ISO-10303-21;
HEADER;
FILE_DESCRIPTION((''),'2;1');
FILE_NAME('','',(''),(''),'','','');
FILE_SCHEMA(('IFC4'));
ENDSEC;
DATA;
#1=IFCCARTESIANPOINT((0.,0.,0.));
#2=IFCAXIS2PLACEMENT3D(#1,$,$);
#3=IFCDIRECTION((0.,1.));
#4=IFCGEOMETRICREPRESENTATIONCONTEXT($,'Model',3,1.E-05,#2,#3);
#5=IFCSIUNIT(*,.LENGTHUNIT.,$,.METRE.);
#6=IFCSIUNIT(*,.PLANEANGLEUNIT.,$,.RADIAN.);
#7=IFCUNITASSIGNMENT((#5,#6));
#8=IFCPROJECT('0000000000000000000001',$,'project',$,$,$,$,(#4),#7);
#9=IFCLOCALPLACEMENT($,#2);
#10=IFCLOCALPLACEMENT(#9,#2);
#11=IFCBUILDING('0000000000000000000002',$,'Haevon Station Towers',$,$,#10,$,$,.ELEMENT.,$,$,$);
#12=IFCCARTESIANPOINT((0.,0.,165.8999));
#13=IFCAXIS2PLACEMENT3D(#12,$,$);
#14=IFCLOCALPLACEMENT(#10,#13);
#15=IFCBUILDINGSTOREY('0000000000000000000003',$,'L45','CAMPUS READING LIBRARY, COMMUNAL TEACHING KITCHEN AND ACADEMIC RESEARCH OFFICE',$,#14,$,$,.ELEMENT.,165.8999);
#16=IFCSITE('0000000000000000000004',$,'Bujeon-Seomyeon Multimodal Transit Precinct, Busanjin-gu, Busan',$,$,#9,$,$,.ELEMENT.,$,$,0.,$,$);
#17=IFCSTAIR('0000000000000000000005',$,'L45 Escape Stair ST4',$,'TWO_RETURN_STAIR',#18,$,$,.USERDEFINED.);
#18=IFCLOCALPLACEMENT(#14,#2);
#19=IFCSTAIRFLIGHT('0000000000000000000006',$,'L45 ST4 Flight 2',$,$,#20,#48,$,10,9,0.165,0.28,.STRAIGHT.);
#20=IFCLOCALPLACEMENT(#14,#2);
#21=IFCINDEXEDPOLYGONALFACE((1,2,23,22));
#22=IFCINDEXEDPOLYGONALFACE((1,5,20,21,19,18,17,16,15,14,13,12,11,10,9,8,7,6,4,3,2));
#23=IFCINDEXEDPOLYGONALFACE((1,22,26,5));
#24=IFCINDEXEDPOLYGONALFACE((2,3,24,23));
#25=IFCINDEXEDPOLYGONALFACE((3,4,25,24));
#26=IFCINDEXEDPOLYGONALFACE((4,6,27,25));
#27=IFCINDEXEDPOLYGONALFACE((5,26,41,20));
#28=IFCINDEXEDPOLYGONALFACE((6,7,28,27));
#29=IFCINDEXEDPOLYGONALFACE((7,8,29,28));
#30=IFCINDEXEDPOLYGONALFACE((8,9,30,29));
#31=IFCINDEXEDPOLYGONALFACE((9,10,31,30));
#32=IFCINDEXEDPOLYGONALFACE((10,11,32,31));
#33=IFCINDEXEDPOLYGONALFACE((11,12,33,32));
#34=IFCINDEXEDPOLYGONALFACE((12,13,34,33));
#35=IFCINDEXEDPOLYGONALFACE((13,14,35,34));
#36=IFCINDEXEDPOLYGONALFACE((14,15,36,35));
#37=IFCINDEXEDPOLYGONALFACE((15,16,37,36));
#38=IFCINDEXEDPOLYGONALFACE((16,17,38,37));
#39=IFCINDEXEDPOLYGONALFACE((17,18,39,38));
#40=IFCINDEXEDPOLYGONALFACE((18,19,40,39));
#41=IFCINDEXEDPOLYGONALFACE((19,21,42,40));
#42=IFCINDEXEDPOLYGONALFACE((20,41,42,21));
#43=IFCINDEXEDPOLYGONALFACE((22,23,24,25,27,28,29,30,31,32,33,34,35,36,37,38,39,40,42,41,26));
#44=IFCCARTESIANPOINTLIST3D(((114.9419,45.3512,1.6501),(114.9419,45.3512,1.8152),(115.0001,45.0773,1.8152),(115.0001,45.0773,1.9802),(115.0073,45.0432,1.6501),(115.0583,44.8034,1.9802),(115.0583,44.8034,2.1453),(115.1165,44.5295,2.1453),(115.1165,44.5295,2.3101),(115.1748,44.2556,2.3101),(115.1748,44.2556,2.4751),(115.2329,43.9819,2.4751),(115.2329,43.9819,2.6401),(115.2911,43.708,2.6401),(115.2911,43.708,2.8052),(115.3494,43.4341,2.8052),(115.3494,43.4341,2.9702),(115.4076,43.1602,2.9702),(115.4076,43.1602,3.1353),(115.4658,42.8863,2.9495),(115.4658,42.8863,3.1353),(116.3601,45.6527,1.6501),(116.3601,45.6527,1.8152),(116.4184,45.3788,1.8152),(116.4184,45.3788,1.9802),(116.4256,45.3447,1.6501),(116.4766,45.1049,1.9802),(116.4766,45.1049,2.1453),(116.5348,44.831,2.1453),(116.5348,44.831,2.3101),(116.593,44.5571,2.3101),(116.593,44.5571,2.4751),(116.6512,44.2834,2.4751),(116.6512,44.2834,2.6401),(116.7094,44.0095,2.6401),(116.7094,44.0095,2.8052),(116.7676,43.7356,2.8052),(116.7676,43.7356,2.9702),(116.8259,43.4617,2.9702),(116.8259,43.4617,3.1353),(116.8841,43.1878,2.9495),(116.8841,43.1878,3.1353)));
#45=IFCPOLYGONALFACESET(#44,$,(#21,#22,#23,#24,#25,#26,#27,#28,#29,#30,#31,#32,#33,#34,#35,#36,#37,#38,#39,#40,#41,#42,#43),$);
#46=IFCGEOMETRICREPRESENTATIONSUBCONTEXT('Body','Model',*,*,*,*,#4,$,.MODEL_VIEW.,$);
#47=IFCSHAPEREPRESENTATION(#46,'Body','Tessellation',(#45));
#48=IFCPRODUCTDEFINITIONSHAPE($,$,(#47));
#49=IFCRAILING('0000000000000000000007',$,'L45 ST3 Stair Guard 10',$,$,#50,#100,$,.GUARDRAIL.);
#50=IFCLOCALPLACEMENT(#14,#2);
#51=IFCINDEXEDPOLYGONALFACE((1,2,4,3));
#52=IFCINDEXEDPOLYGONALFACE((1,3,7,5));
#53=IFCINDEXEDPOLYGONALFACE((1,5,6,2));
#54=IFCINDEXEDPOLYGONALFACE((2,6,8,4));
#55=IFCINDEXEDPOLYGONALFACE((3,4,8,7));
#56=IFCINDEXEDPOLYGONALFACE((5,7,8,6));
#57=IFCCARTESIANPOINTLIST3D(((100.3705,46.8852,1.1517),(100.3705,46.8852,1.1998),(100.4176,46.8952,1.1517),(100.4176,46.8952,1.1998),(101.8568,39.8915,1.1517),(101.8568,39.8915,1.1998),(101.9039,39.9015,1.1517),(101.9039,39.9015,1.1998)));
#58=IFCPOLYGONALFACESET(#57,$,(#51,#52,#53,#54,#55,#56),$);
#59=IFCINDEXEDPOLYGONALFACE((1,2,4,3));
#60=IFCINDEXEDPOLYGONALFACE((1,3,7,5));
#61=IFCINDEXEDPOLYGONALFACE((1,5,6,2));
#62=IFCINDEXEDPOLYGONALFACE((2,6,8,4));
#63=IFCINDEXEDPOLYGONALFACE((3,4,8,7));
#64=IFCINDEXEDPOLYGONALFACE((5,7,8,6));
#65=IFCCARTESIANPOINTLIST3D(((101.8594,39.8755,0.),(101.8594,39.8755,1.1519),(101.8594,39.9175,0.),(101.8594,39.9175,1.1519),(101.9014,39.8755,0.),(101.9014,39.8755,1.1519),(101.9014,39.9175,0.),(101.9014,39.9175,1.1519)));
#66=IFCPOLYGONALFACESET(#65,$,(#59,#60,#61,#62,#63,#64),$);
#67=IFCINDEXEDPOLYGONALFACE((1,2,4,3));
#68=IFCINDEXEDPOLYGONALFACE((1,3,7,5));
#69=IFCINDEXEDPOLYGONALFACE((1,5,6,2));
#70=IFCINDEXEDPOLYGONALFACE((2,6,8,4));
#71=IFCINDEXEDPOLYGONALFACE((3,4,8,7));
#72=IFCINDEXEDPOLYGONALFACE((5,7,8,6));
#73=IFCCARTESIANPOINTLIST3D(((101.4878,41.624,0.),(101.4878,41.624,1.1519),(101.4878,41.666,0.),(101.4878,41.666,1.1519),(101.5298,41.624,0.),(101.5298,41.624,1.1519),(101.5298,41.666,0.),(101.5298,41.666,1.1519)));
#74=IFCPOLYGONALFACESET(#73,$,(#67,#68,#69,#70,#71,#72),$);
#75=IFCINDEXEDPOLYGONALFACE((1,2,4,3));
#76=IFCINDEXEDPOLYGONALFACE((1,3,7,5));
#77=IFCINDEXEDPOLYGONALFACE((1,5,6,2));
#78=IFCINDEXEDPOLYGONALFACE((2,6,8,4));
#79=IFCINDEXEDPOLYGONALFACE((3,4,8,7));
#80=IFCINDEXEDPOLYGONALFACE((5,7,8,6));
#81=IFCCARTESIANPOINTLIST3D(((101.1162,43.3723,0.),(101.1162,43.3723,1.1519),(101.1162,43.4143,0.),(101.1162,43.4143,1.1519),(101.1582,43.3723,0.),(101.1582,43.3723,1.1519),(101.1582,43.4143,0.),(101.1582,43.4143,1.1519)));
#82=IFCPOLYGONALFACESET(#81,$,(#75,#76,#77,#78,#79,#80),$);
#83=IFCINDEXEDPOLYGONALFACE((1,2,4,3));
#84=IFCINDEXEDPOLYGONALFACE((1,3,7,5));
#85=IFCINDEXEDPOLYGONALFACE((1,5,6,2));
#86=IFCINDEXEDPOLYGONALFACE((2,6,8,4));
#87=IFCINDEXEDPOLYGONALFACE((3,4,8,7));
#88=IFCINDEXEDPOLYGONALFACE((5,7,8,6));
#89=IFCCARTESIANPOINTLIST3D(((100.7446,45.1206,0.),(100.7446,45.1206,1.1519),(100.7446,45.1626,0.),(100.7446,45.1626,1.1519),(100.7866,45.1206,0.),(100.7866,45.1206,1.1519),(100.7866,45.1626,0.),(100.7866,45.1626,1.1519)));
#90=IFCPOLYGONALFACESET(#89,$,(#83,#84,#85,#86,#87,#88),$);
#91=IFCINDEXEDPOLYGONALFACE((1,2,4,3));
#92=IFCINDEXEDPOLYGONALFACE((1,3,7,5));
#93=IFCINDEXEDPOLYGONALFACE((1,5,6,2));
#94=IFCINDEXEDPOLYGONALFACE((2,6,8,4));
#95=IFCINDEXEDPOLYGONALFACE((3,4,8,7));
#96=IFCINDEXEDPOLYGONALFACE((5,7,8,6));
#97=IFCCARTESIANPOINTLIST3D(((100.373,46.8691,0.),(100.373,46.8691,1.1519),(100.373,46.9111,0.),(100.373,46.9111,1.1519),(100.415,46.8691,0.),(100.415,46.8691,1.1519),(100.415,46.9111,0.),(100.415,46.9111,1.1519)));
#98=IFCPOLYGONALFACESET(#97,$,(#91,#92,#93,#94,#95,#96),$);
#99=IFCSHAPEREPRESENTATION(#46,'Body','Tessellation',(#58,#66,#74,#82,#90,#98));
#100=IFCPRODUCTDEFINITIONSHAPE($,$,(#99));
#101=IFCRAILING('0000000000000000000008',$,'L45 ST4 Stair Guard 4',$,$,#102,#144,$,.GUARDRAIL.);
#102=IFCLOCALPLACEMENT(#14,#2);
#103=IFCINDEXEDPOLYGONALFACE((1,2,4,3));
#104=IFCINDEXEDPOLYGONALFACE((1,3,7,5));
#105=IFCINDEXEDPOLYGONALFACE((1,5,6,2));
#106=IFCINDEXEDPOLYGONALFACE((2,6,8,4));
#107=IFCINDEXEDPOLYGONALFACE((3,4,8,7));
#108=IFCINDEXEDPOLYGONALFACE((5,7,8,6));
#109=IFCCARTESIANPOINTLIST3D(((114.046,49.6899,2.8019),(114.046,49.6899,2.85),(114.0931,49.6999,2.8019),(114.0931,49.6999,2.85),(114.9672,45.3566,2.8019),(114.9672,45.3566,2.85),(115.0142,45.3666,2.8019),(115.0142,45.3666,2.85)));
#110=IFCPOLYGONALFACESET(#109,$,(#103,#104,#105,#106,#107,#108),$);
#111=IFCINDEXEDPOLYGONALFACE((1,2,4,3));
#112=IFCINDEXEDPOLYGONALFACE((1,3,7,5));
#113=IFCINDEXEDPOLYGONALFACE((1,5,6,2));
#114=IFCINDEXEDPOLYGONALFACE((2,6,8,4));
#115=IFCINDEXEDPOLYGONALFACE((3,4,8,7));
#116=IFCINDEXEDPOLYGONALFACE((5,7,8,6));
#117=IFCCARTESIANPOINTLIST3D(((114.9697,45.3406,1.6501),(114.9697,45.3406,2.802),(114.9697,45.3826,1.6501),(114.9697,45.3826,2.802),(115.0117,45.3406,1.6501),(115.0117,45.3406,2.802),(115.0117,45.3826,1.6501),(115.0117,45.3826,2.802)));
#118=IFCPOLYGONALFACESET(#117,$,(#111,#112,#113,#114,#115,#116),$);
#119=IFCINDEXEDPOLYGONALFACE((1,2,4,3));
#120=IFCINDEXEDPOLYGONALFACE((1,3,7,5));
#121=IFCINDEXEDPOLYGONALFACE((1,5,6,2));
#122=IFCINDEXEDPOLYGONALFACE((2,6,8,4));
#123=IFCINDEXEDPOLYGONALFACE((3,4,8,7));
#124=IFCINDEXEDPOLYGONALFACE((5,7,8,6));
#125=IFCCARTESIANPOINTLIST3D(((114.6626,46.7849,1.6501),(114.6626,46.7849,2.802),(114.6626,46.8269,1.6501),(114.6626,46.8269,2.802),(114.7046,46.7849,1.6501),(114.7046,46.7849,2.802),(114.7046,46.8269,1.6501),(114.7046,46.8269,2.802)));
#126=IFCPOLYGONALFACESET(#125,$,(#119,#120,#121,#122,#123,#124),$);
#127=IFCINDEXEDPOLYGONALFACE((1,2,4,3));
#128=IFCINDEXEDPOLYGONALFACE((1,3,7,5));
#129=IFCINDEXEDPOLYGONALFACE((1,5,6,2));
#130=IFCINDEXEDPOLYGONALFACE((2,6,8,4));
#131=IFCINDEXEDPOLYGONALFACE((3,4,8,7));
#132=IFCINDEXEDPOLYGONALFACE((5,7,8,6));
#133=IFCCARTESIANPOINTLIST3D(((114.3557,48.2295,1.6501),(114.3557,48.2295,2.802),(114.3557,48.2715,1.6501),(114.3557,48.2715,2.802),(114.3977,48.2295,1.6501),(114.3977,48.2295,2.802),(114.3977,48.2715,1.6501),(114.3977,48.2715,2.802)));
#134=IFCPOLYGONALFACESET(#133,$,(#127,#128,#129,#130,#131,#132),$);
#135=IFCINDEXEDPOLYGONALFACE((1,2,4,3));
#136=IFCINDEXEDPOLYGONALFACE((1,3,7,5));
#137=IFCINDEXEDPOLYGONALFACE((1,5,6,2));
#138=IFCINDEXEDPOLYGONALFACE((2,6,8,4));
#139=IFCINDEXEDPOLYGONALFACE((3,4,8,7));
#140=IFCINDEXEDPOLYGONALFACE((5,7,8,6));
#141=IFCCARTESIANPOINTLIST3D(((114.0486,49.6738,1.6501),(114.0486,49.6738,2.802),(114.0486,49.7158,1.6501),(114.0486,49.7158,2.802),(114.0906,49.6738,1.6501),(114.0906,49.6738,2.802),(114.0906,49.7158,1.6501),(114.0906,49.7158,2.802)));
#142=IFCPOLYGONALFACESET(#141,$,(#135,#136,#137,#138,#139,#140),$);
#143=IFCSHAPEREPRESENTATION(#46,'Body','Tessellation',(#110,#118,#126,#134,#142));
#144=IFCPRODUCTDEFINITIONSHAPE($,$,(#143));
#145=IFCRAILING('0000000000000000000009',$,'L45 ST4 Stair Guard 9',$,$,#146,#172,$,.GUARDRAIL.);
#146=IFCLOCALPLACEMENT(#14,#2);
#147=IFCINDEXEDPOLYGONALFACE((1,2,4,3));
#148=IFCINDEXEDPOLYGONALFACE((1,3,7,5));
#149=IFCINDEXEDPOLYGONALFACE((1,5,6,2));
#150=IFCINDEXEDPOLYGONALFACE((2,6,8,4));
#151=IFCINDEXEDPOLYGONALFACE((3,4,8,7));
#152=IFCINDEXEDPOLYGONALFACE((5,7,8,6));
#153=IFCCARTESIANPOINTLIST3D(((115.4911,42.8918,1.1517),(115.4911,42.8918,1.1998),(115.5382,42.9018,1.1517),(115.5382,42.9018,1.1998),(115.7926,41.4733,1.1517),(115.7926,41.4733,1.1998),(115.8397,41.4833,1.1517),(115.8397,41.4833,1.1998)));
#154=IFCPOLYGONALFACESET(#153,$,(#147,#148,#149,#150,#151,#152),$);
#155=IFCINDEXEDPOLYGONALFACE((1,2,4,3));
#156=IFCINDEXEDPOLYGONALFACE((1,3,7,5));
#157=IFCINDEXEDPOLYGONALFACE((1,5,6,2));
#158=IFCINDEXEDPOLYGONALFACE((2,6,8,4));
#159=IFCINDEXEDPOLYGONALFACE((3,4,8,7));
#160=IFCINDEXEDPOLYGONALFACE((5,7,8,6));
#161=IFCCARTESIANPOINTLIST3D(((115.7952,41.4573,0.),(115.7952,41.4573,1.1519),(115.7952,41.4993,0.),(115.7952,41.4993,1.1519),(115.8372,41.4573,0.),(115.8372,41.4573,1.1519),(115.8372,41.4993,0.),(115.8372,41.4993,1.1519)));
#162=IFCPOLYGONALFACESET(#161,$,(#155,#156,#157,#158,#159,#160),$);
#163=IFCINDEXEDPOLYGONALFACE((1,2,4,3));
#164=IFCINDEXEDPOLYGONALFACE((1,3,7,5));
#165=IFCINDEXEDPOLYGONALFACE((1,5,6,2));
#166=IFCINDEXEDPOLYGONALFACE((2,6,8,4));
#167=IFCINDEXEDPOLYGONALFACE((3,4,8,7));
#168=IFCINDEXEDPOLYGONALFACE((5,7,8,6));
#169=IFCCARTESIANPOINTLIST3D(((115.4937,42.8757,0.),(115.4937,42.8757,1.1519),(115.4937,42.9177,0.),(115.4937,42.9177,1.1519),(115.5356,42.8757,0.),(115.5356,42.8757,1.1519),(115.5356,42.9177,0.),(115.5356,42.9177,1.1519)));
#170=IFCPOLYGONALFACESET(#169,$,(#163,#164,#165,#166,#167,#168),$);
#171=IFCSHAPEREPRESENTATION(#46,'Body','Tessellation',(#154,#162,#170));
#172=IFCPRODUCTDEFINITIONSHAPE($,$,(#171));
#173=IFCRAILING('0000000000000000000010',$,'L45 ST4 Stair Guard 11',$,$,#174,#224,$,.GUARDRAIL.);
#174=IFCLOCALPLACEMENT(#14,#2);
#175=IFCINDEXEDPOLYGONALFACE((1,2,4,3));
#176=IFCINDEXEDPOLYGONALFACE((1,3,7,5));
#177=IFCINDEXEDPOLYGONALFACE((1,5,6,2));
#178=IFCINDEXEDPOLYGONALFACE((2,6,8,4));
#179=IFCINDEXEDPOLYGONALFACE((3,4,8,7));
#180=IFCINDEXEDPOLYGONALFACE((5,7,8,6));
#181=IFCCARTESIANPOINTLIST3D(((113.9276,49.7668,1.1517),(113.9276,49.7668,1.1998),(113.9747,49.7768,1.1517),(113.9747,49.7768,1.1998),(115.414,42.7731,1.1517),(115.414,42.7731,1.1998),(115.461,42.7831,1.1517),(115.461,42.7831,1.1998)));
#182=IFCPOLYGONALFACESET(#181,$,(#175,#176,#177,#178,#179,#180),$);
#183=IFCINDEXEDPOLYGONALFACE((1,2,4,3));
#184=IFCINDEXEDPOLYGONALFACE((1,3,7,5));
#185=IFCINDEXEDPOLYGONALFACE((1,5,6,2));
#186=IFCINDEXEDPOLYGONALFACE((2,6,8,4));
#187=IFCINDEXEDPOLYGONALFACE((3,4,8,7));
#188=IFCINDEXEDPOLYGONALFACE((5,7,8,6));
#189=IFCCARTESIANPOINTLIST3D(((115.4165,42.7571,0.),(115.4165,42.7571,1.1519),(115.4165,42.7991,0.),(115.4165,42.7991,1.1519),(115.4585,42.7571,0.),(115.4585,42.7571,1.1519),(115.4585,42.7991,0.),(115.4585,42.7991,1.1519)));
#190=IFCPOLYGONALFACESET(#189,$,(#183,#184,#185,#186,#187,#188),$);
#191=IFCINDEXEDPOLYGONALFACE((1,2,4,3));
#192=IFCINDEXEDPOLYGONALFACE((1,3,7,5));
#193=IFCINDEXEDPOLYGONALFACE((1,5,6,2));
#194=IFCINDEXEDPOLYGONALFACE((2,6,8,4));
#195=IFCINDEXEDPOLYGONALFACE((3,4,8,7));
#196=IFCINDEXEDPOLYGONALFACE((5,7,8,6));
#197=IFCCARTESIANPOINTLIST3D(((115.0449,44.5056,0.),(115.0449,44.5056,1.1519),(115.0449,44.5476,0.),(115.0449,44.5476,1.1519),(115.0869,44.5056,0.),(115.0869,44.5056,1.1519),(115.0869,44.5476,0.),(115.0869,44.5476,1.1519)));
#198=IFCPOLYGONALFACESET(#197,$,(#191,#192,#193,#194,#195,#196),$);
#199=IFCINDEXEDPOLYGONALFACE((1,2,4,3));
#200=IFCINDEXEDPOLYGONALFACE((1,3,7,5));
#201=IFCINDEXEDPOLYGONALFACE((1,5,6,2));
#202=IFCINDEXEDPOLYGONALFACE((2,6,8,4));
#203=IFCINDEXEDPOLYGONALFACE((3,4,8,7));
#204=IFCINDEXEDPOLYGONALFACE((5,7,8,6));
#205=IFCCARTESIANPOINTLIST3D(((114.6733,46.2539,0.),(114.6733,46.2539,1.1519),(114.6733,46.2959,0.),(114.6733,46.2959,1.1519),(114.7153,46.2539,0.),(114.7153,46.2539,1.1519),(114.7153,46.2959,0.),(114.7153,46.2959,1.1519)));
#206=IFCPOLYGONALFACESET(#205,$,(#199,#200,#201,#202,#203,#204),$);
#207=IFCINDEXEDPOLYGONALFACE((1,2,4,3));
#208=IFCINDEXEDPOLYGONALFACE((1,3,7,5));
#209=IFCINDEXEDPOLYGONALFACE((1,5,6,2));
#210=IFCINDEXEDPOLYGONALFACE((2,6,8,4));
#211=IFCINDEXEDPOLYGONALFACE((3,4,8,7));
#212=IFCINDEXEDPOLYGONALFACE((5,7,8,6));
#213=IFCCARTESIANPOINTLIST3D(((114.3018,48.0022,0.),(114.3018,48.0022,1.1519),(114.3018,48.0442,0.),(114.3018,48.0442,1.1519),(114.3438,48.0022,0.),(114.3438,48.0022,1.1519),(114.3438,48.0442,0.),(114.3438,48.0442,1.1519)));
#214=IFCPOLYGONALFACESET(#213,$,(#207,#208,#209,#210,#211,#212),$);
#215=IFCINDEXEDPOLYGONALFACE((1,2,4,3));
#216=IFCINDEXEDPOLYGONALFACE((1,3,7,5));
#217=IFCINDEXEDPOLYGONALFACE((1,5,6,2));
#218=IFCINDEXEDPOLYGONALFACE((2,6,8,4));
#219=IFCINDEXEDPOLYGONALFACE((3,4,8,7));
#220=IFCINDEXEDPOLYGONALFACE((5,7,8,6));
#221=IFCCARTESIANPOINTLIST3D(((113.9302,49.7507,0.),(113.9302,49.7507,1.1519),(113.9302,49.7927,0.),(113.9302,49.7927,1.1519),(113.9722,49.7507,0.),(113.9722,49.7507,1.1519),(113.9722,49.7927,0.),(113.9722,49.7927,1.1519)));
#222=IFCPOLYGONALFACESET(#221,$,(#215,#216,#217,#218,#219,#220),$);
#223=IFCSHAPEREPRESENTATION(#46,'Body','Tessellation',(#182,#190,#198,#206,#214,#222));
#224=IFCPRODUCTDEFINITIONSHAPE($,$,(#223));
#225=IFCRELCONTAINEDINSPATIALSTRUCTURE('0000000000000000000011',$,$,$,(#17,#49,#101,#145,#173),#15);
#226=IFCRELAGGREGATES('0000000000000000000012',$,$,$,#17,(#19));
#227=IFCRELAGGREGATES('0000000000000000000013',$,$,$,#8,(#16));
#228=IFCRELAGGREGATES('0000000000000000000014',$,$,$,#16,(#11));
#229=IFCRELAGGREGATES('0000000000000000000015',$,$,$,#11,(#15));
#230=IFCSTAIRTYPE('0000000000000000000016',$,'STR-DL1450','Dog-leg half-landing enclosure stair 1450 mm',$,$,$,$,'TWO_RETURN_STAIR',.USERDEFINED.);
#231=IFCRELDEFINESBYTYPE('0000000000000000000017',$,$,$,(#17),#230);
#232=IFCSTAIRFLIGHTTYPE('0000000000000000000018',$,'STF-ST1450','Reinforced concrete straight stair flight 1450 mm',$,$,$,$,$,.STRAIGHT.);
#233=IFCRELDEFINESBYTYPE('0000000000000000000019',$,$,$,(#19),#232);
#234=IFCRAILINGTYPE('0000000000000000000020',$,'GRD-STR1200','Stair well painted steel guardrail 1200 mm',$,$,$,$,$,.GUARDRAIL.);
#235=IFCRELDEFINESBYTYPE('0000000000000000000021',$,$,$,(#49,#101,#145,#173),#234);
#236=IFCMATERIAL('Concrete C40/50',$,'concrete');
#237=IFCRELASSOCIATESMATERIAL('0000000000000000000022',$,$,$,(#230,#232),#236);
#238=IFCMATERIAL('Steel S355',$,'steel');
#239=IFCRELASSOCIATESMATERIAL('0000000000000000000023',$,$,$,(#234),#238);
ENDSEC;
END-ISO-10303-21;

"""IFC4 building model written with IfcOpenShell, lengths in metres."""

from ifc_helpers import new_model, si_unit, direction, frame, origin, origin_2d, place, context, subcontext, project, spatial, polyline, rectangle, outline, extrude, material, type_object, element, aggregate, save


model = new_model("IFC4")

# Units and contexts
model_context = context("Model", 3, precision=1e-05, world=origin(), true_north=direction((0.0, 1.0)))
body_context = subcontext(model_context, "Body", "Model", "MODEL_VIEW")
ifc_project = project(units=[si_unit("LENGTHUNIT", "METRE"), si_unit("PLANEANGLEUNIT", "RADIAN")], contexts=[model_context])

# Site, building, storey
site_placement = place(None, origin())
site = spatial("IfcSite", under=ifc_project, at=site_placement, Name="Bujeon-Seomyeon Multimodal Transit Precinct, Busanjin-gu, Busan", CompositionType="ELEMENT", RefElevation=0.0)
building_placement = place(site_placement, origin())
building = spatial("IfcBuilding", under=site, at=building_placement, Name="Haevon Station Towers", CompositionType="ELEMENT")
storey_placement = place(building_placement, frame((0.0, 0.0, 165.8999)))
storey = spatial("IfcBuildingStorey", under=building, at=storey_placement, Name="L45", Description="CAMPUS READING LIBRARY, COMMUNAL TEACHING KITCHEN AND ACADEMIC RESEARCH OFFICE", CompositionType="ELEMENT", Elevation=165.8999)

# Shared definitions
ifc_material_1 = material(Name="Steel S355", Category="steel")

# Shared definitions
ifc_material_2 = material(Name="Concrete C40/50", Category="concrete")

# Stair, stair flight
stair_type = type_object("IfcStairType", Name="STR-DL1450", Description="Dog-leg half-landing enclosure stair 1450 mm", ElementType="TWO_RETURN_STAIR", PredefinedType="USERDEFINED", material=ifc_material_2)
stair_placement = place(storey_placement, origin())
stair = element("IfcStair", 1, at=stair_placement, inside=storey, type_object=stair_type, Name="L45 Escape Stair ST4", ObjectType="TWO_RETURN_STAIR", PredefinedType="USERDEFINED")
stair_flight_type = type_object("IfcStairFlightType", Name="STF-ST1450", Description="Reinforced concrete straight stair flight 1450 mm", PredefinedType="STRAIGHT", material=ifc_material_2)
stair_flight_placement = place(storey_placement, frame((115.6509, 45.502, 1.6501), z_axis=(0.0, 0.0, 1.0), x_axis=(0.207912, -0.978148, 0.0)))
stair_flight = element("IfcStairFlight", 2, at=stair_flight_placement, type_object=stair_flight_type, Name="L45 ST4 Flight 2", NumberOfRisers=10, NumberOfTreads=9, PredefinedType="STRAIGHT", RiserHeight=0.165, TreadLength=0.28, context=body_context, shape_type="SweptSolid", body=[
    extrude(outline(polyline([(0.0, 0.0), (0.0, 0.165), (0.28, 0.165), (0.28, 0.3301), (0.5601, 0.3301), (0.5601, 0.4951), (0.8401, 0.4951), (0.8401, 0.6599), (1.1201, 0.6599), (1.1201, 0.825), (1.3999, 0.825), (1.3999, 0.99), (1.6799, 0.99), (1.6799, 1.155), (1.96, 1.155), (1.96, 1.3201), (2.24, 1.3201), (2.24, 1.4851), (2.52, 1.4851), (2.52, 1.6499), (2.52, 1.2993), (0.3149, 0.0), (0.0, 0.0)])), frame((0.0, 0.7251, 0.0), z_axis=(0.0, -1.0, 0.0), x_axis=(1.0, 0.0, 0.0)), (0.0, 0.0, 1.0), 1.45),
])
aggregate(stair, [stair_flight])

# Railings
railing_type_1 = type_object("IfcRailingType", Name="GRD-STR1200", Description="Stair well painted steel guardrail 1200 mm", PredefinedType="GUARDRAIL", material=ifc_material_1)
railing_1_placement = place(storey_placement, frame((101.8804, 39.8965, 0.0)))
element("IfcRailing", 3, at=railing_1_placement, inside=storey, type_object=railing_type_1, Name="L45 ST3 Stair Guard 10", PredefinedType="GUARDRAIL", context=body_context, shape_type="SweptSolid", body=[
    extrude(rectangle(XDim=0.0481, YDim=0.0481, at=origin_2d()), frame((0.0, 0.0, 1.1758), z_axis=(-0.207882, 0.978154, 0.0), x_axis=(-0.978154, -0.207882, 0.0)), (0.0, 0.0, 1.0), 7.1499),
    extrude(rectangle(XDim=0.042, YDim=0.042, at=origin_2d()), origin(), (0.0, 0.0, 1.0), 1.1519),
    extrude(rectangle(XDim=0.042, YDim=0.042, at=origin_2d()), frame((-0.3716, 1.7485, 0.0)), (0.0, 0.0, 1.0), 1.1519),
    extrude(rectangle(XDim=0.042, YDim=0.042, at=origin_2d()), frame((-0.7432, 3.4968, 0.0)), (0.0, 0.0, 1.0), 1.1519),
    extrude(rectangle(XDim=0.042, YDim=0.042, at=origin_2d()), frame((-1.1147, 5.2451, 0.0)), (0.0, 0.0, 1.0), 1.1519),
    extrude(rectangle(XDim=0.042, YDim=0.042, at=origin_2d()), frame((-1.4863, 6.9937, 0.0)), (0.0, 0.0, 1.0), 1.1519),
])
railing_2_placement = place(storey_placement, frame((114.9907, 45.3616, 1.6501)))
element("IfcRailing", 4, at=railing_2_placement, inside=storey, type_object=railing_type_1, Name="L45 ST4 Stair Guard 4", PredefinedType="GUARDRAIL", context=body_context, shape_type="SweptSolid", body=[
    extrude(rectangle(XDim=0.0481, YDim=0.0481, at=origin_2d()), frame((0.0, 0.0, 1.1758), z_axis=(-0.207929, 0.978144, 0.0), x_axis=(-0.978144, -0.207929, 0.0)), (0.0, 0.0, 1.0), 4.4302),
    extrude(rectangle(XDim=0.042, YDim=0.042, at=origin_2d()), origin(), (0.0, 0.0, 1.0), 1.1519),
    extrude(rectangle(XDim=0.042, YDim=0.042, at=origin_2d()), frame((-0.3071, 1.4443, 0.0)), (0.0, 0.0, 1.0), 1.1519),
    extrude(rectangle(XDim=0.042, YDim=0.042, at=origin_2d()), frame((-0.614, 2.8889, 0.0)), (0.0, 0.0, 1.0), 1.1519),
    extrude(rectangle(XDim=0.042, YDim=0.042, at=origin_2d()), frame((-0.9211, 4.3333, 0.0)), (0.0, 0.0, 1.0), 1.1519),
])
railing_3_placement = place(storey_placement, frame((115.8162, 41.4783, 0.0)))
element("IfcRailing", 5, at=railing_3_placement, inside=storey, type_object=railing_type_1, Name="L45 ST4 Stair Guard 9", PredefinedType="GUARDRAIL", context=body_context, shape_type="SweptSolid", body=[
    extrude(rectangle(XDim=0.0481, YDim=0.0481, at=origin_2d()), frame((0.0, 0.0, 1.1758), z_axis=(-0.207919, 0.978146, 0.0), x_axis=(-0.978146, -0.207919, 0.0)), (0.0, 0.0, 1.0), 1.4502),
    extrude(rectangle(XDim=0.042, YDim=0.042, at=origin_2d()), origin(), (0.0, 0.0, 1.0), 1.1519),
    extrude(rectangle(XDim=0.042, YDim=0.042, at=origin_2d()), frame((-0.3015, 1.4185, 0.0)), (0.0, 0.0, 1.0), 1.1519),
])
railing_4_placement = place(storey_placement, frame((115.4375, 42.7781, 0.0)))
element("IfcRailing", 6, at=railing_4_placement, inside=storey, type_object=railing_type_1, Name="L45 ST4 Stair Guard 11", PredefinedType="GUARDRAIL", context=body_context, shape_type="SweptSolid", body=[
    extrude(rectangle(XDim=0.0481, YDim=0.0481, at=origin_2d()), frame((0.0, 0.0, 1.1758), z_axis=(-0.207882, 0.978154, 0.0), x_axis=(-0.978154, -0.207882, 0.0)), (0.0, 0.0, 1.0), 7.1499),
    extrude(rectangle(XDim=0.042, YDim=0.042, at=origin_2d()), origin(), (0.0, 0.0, 1.0), 1.1519),
    extrude(rectangle(XDim=0.042, YDim=0.042, at=origin_2d()), frame((-0.3716, 1.7485, 0.0)), (0.0, 0.0, 1.0), 1.1519),
    extrude(rectangle(XDim=0.042, YDim=0.042, at=origin_2d()), frame((-0.7432, 3.4968, 0.0)), (0.0, 0.0, 1.0), 1.1519),
    extrude(rectangle(XDim=0.042, YDim=0.042, at=origin_2d()), frame((-1.1147, 5.2451, 0.0)), (0.0, 0.0, 1.0), 1.1519),
    extrude(rectangle(XDim=0.042, YDim=0.042, at=origin_2d()), frame((-1.4863, 6.9937, 0.0)), (0.0, 0.0, 1.0), 1.1519),
])

save(model, "model.ifc")
